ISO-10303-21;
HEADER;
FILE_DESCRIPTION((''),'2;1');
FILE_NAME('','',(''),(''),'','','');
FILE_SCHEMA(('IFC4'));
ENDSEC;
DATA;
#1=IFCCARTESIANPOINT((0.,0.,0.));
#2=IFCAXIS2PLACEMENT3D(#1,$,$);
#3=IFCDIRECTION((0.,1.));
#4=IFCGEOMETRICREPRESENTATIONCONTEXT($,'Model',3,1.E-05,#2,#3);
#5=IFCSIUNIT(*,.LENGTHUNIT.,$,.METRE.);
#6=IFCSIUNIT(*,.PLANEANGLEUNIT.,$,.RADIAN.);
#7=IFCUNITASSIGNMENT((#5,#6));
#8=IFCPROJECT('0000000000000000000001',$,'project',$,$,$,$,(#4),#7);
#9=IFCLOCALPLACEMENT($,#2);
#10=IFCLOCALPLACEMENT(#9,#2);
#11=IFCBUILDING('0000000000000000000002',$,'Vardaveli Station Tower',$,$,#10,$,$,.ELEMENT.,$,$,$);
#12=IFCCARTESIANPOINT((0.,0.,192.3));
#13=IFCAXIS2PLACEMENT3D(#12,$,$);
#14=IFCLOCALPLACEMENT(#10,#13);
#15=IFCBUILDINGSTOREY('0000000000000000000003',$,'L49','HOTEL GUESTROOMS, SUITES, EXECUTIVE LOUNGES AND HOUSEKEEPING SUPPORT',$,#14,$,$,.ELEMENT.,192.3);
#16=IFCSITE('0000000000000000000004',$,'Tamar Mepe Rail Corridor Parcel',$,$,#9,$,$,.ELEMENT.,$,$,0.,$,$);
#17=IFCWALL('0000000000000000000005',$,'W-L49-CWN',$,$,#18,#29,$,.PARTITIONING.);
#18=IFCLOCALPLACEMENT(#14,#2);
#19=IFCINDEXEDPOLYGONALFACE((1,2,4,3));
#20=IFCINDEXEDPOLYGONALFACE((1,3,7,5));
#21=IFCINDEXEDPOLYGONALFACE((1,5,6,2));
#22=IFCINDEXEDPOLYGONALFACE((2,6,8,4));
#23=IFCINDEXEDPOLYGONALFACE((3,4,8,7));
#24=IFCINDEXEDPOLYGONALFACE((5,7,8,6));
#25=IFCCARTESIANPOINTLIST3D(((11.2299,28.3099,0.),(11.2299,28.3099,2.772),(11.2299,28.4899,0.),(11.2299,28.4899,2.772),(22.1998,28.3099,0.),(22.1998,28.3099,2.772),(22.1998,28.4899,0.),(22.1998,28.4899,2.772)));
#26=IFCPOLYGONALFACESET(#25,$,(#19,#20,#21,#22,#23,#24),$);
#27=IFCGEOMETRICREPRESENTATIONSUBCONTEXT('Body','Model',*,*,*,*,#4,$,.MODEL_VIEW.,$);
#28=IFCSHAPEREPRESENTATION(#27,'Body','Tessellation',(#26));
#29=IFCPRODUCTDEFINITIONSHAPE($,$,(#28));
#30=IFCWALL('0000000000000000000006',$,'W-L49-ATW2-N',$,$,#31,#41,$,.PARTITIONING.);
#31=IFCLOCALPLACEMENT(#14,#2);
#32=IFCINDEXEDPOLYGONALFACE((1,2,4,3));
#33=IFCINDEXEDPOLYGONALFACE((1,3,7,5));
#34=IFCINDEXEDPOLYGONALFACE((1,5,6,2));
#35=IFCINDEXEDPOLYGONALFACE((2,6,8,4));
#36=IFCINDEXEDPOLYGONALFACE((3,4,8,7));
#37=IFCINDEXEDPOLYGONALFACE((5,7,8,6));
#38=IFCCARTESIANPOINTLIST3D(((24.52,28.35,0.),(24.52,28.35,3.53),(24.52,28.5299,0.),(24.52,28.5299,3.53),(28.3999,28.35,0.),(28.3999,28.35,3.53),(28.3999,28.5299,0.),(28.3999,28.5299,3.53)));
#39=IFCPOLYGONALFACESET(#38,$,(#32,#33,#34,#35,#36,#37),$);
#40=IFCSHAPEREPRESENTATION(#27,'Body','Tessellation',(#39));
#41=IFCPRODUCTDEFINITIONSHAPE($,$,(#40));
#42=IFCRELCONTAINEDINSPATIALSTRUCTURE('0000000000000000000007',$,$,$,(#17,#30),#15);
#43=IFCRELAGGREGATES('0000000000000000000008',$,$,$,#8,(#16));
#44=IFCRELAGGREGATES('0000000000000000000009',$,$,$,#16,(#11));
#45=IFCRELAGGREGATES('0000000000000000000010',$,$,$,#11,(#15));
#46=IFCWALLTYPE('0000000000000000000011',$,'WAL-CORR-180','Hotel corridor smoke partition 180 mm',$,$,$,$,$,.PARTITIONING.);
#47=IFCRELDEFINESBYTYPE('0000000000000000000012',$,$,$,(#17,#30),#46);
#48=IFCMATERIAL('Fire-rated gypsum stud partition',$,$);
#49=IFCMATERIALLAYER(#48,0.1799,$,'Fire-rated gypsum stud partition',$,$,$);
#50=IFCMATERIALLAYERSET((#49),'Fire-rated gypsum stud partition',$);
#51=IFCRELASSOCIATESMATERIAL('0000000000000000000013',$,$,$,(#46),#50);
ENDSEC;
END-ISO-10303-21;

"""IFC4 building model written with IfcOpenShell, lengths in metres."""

from ifc_helpers import new_model, si_unit, direction, frame, frame_2d, origin, place, context, subcontext, project, spatial, rectangle, extrude, source, transform, mapped, material, layer, layer_set, type_object, element, save


model = new_model("IFC4")

# Units and contexts
model_context = context("Model", 3, precision=1e-05, world=origin(), true_north=direction((0.0, 1.0)))
body_context = subcontext(model_context, "Body", "Model", "MODEL_VIEW")
ifc_project = project(units=[si_unit("LENGTHUNIT", "METRE"), si_unit("PLANEANGLEUNIT", "RADIAN")], contexts=[model_context])

# Site, building, storey
site_placement = place(None, origin())
site = spatial("IfcSite", under=ifc_project, at=site_placement, Name="Tamar Mepe Rail Corridor Parcel", CompositionType="ELEMENT", RefElevation=0.0)
building_placement = place(site_placement, origin())
building = spatial("IfcBuilding", under=site, at=building_placement, Name="Vardaveli Station Tower", CompositionType="ELEMENT")
storey_placement = place(building_placement, frame((0.0, 0.0, 192.3)))
storey = spatial("IfcBuildingStorey", under=building, at=storey_placement, Name="L49", Description="HOTEL GUESTROOMS, SUITES, EXECUTIVE LOUNGES AND HOUSEKEEPING SUPPORT", CompositionType="ELEMENT", Elevation=192.3)

# Shared definitions
ifc_material_1 = material(Name="Fire-rated gypsum stud partition")
ifc_layer_1 = layer(ifc_material_1, 0.1799, Name="Fire-rated gypsum stud partition")
ifc_layer_set_1 = layer_set([ifc_layer_1], Name="Fire-rated gypsum stud partition")
wall_type = type_object("IfcWallType", Name="WAL-CORR-180", Description="Hotel corridor smoke partition 180 mm", PredefinedType="PARTITIONING", material=ifc_layer_set_1)

# Walls
shared_shape_1 = source(origin(), body_context, "Body", "SweptSolid", [
    extrude(rectangle(XDim=10.97, YDim=0.1799, at=frame_2d((5.4849, 0.0))), origin(), (0.0, 0.0, 1.0), 2.772),
])
wall_1_placement = place(storey_placement, frame((11.23, 28.3999, 0.0), z_axis=(0.0, 0.0, 1.0), x_axis=(1.0, 0.0, 0.0)))
element("IfcWall", 1, at=wall_1_placement, inside=storey, type_object=wall_type, Name="W-L49-CWN", PredefinedType="PARTITIONING", context=body_context, shape_type="MappedRepresentation", body=[
    mapped(shared_shape_1, transform((0.0, 0.0, 0.0), scale=1.0)),
])
shared_shape_2 = source(origin(), body_context, "Body", "SweptSolid", [
    extrude(rectangle(XDim=3.8799, YDim=0.1799, at=frame_2d((1.9399, 0.0))), origin(), (0.0, 0.0, 1.0), 3.53),
])
wall_2_placement = place(storey_placement, frame((24.52, 28.4399, 0.0), z_axis=(0.0, 0.0, 1.0), x_axis=(1.0, 0.0, 0.0)))
element("IfcWall", 2, at=wall_2_placement, inside=storey, type_object=wall_type, Name="W-L49-ATW2-N", PredefinedType="PARTITIONING", context=body_context, shape_type="MappedRepresentation", body=[
    mapped(shared_shape_2, transform((0.0, 0.0, 0.0), scale=1.0)),
])

save(model, "model.ifc")
